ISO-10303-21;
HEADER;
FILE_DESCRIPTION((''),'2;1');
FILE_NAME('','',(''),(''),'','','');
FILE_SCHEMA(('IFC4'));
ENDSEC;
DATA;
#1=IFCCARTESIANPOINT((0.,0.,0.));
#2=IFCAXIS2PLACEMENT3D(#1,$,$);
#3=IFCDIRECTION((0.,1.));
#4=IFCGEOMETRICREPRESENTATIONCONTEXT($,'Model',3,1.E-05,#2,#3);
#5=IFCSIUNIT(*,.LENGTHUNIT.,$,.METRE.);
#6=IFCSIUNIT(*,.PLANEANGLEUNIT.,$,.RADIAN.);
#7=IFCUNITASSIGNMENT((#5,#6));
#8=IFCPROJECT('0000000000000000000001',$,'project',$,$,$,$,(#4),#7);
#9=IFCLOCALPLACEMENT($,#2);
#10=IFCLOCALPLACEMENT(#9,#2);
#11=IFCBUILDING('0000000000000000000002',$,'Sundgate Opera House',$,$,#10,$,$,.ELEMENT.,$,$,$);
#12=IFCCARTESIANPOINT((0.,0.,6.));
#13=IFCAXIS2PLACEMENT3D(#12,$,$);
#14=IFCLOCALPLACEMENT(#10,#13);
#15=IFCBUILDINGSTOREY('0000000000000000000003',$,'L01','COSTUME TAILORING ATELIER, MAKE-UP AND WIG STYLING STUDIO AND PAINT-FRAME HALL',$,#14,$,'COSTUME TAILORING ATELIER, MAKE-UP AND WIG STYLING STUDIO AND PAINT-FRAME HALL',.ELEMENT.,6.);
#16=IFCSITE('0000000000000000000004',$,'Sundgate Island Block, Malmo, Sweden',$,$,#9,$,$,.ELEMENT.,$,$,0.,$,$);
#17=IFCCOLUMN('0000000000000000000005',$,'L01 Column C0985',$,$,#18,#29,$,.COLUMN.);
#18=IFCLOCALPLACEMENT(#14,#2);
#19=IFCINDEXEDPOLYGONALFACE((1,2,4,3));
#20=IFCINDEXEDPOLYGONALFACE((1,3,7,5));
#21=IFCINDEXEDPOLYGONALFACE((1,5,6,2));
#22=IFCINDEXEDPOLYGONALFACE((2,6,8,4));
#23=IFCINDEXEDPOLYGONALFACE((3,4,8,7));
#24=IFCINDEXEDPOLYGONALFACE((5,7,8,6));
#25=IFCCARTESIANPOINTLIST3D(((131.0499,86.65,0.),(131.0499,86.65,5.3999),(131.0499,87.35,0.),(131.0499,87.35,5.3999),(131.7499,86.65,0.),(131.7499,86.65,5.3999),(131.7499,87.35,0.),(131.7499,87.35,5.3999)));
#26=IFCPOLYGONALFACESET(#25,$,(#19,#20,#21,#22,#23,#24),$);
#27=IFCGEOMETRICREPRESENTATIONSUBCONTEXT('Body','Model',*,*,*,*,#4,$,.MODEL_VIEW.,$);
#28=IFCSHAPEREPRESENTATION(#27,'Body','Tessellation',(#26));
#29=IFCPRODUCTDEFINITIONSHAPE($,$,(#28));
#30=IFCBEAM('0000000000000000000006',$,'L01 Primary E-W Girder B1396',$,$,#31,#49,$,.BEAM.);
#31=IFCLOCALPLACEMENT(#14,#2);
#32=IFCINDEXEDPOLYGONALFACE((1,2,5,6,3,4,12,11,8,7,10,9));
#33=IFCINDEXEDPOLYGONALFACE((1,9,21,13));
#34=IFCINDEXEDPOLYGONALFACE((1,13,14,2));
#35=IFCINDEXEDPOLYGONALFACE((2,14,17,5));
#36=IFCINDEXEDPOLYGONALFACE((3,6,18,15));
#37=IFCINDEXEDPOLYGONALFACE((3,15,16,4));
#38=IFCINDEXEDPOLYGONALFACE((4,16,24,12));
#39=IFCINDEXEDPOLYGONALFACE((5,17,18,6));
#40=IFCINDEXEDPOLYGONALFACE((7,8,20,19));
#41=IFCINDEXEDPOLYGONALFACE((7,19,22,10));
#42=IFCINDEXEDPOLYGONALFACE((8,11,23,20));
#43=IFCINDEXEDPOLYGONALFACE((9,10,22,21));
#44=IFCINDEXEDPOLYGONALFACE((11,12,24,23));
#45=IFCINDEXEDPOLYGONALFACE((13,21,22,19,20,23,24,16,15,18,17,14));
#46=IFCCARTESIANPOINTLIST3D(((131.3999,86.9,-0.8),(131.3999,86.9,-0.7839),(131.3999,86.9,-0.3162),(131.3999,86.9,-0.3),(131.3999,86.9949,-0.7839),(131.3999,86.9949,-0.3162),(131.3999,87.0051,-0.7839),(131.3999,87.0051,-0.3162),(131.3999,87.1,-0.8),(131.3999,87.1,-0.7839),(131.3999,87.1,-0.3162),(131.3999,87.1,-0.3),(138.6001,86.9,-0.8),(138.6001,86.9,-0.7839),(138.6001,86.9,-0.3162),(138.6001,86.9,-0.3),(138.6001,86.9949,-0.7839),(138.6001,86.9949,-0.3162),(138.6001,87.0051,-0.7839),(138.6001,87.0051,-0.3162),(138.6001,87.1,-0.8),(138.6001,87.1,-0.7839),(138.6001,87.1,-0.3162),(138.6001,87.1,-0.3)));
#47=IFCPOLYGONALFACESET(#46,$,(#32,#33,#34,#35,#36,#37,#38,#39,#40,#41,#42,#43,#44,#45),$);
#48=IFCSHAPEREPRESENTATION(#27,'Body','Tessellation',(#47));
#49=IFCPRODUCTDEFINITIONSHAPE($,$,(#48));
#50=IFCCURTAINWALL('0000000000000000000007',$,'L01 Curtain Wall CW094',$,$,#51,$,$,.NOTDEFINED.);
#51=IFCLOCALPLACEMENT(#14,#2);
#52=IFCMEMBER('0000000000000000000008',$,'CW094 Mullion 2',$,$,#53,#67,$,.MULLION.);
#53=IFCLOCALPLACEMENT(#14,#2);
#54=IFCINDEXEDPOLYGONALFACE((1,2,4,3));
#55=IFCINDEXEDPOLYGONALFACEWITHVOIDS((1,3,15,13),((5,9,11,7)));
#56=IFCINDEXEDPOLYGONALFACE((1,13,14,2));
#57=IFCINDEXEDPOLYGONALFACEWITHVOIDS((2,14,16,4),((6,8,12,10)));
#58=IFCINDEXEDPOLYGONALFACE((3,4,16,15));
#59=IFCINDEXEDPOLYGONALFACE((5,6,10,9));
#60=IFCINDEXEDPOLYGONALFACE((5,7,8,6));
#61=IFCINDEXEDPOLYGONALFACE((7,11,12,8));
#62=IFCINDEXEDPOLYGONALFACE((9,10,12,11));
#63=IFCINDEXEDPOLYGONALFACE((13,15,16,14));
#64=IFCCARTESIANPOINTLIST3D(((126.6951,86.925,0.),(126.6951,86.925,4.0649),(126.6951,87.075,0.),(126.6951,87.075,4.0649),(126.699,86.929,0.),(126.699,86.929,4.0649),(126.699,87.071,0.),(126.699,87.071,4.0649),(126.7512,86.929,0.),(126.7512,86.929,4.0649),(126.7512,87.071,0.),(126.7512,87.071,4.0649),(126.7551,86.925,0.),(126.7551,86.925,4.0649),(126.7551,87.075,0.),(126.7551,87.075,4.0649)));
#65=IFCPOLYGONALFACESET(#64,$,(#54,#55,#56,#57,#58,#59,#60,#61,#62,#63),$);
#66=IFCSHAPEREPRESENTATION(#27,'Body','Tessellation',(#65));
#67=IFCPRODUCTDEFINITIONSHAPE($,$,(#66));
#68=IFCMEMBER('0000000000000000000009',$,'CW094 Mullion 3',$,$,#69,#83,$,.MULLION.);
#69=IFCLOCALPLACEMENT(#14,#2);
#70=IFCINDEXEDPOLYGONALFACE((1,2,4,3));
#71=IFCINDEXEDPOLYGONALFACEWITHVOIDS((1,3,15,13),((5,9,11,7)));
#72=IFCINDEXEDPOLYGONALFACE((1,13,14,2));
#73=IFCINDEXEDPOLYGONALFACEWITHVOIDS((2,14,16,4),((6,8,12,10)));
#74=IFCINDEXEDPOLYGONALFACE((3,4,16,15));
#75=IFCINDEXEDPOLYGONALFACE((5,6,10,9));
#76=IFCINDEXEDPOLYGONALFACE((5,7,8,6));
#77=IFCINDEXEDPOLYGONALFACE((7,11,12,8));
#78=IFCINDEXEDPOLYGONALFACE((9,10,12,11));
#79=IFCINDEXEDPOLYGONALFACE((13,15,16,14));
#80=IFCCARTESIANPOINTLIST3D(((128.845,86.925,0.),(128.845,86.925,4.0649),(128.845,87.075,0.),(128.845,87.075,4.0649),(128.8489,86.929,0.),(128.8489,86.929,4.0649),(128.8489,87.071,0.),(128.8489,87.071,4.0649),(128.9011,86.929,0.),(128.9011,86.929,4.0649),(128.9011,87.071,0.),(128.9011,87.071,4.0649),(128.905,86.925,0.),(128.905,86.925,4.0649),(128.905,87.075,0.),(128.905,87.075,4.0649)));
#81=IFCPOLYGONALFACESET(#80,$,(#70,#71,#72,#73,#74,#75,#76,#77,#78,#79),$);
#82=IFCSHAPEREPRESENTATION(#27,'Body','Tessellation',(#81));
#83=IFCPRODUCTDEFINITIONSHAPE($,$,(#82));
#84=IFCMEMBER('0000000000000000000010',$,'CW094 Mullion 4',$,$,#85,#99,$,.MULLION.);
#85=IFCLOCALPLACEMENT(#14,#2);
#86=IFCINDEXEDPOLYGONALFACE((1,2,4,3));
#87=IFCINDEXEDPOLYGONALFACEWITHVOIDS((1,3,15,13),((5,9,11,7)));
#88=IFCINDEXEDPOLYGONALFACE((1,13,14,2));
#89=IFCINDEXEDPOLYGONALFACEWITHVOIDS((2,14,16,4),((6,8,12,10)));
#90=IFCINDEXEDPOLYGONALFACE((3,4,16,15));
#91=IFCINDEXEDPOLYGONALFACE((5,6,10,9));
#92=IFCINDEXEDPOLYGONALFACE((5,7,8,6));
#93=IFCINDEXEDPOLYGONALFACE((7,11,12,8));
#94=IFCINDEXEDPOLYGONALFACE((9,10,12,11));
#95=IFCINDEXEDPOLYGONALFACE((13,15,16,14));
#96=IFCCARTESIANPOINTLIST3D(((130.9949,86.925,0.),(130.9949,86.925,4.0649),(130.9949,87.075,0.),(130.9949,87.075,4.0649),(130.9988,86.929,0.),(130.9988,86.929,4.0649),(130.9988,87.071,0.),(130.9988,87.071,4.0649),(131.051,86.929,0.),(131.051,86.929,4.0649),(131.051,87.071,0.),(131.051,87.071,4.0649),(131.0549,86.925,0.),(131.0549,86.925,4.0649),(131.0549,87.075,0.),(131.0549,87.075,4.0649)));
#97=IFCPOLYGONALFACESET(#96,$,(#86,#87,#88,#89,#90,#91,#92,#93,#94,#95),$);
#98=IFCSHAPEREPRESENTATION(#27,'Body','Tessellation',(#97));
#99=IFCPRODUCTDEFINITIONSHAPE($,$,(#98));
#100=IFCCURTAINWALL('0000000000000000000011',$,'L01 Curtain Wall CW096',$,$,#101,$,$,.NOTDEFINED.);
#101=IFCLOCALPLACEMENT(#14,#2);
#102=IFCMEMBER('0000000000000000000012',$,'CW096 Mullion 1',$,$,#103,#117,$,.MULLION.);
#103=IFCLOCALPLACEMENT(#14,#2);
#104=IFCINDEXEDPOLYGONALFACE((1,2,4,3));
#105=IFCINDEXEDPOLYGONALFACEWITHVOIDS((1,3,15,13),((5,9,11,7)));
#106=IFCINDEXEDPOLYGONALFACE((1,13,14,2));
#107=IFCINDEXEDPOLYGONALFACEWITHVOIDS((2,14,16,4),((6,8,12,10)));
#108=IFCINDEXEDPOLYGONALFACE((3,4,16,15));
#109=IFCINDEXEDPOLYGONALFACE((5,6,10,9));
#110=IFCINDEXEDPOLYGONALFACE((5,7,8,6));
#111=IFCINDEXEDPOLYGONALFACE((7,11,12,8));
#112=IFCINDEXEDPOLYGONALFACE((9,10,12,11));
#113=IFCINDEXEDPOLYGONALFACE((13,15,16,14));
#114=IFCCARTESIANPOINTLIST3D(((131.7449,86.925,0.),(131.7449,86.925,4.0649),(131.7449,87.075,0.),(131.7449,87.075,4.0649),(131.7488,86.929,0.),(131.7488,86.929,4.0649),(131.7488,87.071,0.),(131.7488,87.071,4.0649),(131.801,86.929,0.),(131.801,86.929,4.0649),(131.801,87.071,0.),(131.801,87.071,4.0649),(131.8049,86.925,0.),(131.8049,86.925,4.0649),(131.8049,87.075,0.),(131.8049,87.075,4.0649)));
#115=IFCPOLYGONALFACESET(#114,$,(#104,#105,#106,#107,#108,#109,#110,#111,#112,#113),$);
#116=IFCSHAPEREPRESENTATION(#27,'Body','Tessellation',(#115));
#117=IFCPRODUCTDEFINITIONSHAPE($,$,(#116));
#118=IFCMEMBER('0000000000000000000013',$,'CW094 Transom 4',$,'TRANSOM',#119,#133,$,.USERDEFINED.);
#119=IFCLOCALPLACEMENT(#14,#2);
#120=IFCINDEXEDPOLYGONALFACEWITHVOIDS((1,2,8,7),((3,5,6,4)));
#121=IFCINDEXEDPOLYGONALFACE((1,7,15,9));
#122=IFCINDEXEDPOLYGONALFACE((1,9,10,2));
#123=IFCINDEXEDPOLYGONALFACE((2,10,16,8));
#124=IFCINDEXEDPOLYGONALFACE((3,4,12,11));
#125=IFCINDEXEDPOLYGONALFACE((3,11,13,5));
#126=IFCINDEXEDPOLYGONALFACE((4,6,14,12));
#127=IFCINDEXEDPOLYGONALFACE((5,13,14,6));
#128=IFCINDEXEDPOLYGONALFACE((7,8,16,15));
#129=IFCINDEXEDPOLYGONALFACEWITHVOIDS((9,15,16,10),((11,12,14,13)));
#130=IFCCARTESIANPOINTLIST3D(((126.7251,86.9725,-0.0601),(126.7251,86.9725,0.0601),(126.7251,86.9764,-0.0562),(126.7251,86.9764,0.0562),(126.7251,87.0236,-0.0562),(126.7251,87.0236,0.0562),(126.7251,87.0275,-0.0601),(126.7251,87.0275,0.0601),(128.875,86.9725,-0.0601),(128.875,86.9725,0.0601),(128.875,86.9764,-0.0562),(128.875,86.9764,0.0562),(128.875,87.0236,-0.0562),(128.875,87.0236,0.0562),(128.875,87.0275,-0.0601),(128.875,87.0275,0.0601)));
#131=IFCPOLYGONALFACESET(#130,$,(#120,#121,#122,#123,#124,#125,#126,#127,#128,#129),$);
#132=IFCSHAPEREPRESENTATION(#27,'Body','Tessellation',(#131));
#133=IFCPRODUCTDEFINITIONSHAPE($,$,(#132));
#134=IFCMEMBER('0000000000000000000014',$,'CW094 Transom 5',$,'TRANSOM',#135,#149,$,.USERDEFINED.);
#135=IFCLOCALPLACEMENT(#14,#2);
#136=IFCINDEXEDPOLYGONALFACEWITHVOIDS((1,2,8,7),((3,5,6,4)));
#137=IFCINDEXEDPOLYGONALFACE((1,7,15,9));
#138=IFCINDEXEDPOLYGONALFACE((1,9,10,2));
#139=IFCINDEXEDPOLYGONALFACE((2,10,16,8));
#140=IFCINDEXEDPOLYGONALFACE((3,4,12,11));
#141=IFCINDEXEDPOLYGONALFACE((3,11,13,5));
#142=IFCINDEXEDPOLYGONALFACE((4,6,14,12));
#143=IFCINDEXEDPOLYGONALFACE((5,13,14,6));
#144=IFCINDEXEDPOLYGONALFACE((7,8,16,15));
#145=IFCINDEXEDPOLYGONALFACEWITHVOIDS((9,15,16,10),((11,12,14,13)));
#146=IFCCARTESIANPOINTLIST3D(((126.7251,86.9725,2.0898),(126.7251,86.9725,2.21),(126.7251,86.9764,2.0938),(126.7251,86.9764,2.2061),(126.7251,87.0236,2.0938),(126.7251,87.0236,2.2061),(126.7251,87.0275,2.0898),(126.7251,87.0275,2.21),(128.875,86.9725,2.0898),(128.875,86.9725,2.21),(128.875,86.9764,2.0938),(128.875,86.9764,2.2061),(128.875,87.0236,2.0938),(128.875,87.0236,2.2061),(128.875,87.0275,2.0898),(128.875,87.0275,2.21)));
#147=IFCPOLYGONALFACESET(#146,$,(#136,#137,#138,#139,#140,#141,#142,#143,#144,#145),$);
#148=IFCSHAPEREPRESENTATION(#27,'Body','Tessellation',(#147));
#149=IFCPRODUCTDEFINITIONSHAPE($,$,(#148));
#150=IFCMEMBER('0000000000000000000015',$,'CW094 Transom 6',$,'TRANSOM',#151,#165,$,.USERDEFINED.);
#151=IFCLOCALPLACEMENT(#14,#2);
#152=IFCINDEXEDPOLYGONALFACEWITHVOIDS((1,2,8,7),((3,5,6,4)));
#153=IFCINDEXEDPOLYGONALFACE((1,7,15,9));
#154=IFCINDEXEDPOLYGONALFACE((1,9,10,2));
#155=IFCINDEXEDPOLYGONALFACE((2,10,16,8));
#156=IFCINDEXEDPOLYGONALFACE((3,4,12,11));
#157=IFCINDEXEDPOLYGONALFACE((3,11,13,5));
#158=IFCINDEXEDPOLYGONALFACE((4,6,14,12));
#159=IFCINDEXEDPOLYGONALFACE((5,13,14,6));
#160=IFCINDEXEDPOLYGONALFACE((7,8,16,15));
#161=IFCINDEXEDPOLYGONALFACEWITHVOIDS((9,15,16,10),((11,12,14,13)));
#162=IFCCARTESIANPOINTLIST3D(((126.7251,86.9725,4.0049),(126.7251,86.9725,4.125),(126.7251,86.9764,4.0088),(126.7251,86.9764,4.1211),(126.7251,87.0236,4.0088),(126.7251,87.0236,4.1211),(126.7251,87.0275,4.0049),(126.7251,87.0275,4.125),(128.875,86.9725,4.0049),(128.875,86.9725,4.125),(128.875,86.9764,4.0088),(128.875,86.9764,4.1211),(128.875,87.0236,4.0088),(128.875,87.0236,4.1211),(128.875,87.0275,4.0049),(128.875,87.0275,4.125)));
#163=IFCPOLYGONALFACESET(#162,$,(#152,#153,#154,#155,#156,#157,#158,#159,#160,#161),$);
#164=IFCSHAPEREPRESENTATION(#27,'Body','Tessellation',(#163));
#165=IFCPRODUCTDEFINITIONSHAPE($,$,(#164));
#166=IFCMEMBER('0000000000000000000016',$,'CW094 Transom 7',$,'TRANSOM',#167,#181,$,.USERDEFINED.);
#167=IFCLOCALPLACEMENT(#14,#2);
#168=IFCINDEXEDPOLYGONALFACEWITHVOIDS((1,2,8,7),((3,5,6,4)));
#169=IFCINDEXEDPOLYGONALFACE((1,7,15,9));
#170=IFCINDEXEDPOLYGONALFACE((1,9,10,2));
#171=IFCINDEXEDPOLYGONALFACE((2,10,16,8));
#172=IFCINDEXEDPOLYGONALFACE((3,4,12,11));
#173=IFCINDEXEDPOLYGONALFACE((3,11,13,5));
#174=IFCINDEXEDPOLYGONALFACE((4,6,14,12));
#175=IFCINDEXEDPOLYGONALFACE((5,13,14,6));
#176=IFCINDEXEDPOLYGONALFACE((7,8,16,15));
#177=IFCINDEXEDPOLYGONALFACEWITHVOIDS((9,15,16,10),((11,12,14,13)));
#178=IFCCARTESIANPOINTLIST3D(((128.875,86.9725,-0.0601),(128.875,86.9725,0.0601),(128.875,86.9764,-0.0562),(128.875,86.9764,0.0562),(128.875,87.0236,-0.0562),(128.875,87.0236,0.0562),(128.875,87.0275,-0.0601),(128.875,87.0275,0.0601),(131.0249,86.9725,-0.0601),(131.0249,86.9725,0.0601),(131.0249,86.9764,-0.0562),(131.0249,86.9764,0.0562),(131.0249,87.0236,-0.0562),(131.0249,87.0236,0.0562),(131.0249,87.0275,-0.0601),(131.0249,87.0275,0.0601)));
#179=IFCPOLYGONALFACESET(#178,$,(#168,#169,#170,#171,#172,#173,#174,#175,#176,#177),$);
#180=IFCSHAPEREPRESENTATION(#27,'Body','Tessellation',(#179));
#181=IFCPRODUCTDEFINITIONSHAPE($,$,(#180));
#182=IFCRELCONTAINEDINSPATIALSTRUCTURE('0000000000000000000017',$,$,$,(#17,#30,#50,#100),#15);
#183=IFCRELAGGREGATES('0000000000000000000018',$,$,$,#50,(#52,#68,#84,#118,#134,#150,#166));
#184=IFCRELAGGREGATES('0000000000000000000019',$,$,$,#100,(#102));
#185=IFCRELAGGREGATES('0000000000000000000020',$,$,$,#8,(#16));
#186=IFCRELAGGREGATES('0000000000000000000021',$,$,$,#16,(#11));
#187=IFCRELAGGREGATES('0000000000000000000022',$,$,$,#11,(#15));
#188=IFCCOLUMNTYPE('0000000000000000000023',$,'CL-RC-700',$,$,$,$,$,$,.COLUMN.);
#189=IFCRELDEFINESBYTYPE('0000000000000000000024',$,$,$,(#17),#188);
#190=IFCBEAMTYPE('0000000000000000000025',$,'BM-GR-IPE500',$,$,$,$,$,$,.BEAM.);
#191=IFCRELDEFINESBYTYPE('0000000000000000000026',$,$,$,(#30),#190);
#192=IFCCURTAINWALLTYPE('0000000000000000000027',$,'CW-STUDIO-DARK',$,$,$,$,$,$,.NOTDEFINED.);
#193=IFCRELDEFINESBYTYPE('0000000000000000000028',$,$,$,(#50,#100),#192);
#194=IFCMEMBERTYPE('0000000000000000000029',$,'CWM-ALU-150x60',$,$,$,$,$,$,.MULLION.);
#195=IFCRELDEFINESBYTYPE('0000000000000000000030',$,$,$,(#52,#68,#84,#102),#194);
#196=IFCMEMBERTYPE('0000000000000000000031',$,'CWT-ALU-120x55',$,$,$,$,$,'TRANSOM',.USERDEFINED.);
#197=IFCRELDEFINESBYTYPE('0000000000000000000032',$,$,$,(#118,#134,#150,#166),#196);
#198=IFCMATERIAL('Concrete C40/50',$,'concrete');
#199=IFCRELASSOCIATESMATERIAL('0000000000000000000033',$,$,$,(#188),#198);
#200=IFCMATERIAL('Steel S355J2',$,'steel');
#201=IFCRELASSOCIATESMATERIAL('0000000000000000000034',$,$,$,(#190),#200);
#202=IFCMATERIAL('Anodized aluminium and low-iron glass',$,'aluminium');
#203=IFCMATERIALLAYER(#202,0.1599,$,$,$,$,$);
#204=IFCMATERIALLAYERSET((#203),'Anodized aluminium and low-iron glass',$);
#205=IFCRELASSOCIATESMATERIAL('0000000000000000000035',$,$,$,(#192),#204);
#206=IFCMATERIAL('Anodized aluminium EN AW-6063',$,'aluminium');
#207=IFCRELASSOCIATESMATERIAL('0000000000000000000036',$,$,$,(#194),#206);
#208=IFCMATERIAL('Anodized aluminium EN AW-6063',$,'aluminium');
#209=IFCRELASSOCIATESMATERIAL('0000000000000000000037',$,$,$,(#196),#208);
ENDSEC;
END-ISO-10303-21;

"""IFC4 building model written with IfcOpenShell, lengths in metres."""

from ifc_helpers import new_model, si_unit, direction, frame, origin, origin_2d, place, context, subcontext, project, spatial, rectangle, hollow_rectangle, i_section, extrude, material, layer, layer_set, material_profile, profile_set, type_object, element, aggregate, save


model = new_model("IFC4")

# Units and contexts
model_context = context("Model", 3, precision=1e-05, world=origin(), true_north=direction((0.0, 1.0)))
body_context = subcontext(model_context, "Body", "Model", "MODEL_VIEW")
ifc_project = project(units=[si_unit("LENGTHUNIT", "METRE"), si_unit("PLANEANGLEUNIT", "RADIAN")], contexts=[model_context])

# Site, building, storey
site_placement = place(None, origin())
site = spatial("IfcSite", under=ifc_project, at=site_placement, Name="Sundgate Island Block, Malmo, Sweden", CompositionType="ELEMENT", RefElevation=0.0)
building_placement = place(site_placement, origin())
building = spatial("IfcBuilding", under=site, at=building_placement, Name="Sundgate Opera House", CompositionType="ELEMENT")
storey_placement = place(building_placement, frame((0.0, 0.0, 6.0)))
storey = spatial("IfcBuildingStorey", under=building, at=storey_placement, Name="L01", Description="COSTUME TAILORING ATELIER, MAKE-UP AND WIG STYLING STUDIO AND PAINT-FRAME HALL", LongName="COSTUME TAILORING ATELIER, MAKE-UP AND WIG STYLING STUDIO AND PAINT-FRAME HALL", CompositionType="ELEMENT", Elevation=6.0)

# Column
ifc_material_1 = material(Name="Concrete C40/50", Category="concrete")
ifc_material_profile_1 = material_profile(ifc_material_1, rectangle(XDim=0.7, YDim=0.7, at=origin_2d()), Name="RC 700x700")
ifc_profile_set_1 = profile_set([ifc_material_profile_1], Name="Concrete C40/50")
column_type = type_object("IfcColumnType", Name="CL-RC-700", PredefinedType="COLUMN", material=ifc_profile_set_1)
column_placement = place(storey_placement, frame((131.3999, 87.0, 0.0), z_axis=(0.0, 0.0, 1.0), x_axis=(1.0, 0.0, 0.0)))
element("IfcColumn", 1, at=column_placement, inside=storey, type_object=column_type, Name="L01 Column C0985", PredefinedType="COLUMN", context=body_context, shape_type="SweptSolid", body=[
    extrude(rectangle(XDim=0.7, YDim=0.7, at=origin_2d()), origin(), (0.0, 0.0, 1.0), 5.3999),
])

# Beam
ifc_material_2 = material(Name="Steel S355J2", Category="steel")
ifc_material_profile_2 = material_profile(ifc_material_2, i_section(OverallWidth=0.2, OverallDepth=0.5, WebThickness=0.0103, FlangeThickness=0.0161, at=origin_2d()), Name="IPE 500")
ifc_profile_set_2 = profile_set([ifc_material_profile_2], Name="Steel S355J2")
beam_type = type_object("IfcBeamType", Name="BM-GR-IPE500", PredefinedType="BEAM", material=ifc_profile_set_2)
beam_placement = place(storey_placement, frame((131.3999, 87.0, -0.55), z_axis=(1.0, 0.0, 0.0), x_axis=(0.0, 1.0, 0.0)))
element("IfcBeam", 2, at=beam_placement, inside=storey, type_object=beam_type, Name="L01 Primary E-W Girder B1396", PredefinedType="BEAM", context=body_context, shape_type="SweptSolid", body=[
    extrude(i_section(OverallWidth=0.2, OverallDepth=0.5, WebThickness=0.0103, FlangeThickness=0.0161, at=origin_2d()), origin(), (0.0, 0.0, 1.0), 7.2002),
])

# Curtain wall, members
ifc_material_3 = material(Name="Anodized aluminium and low-iron glass", Category="aluminium")
ifc_layer_1 = layer(ifc_material_3, 0.1599)
ifc_layer_set_1 = layer_set([ifc_layer_1], Name="Anodized aluminium and low-iron glass")
curtain_wall_type = type_object("IfcCurtainWallType", Name="CW-STUDIO-DARK", PredefinedType="NOTDEFINED", material=ifc_layer_set_1)
curtain_wall_1_placement = place(storey_placement, origin())
curtain_wall_1 = element("IfcCurtainWall", 3, at=curtain_wall_1_placement, inside=storey, type_object=curtain_wall_type, Name="L01 Curtain Wall CW094", PredefinedType="NOTDEFINED")
ifc_material_4 = material(Name="Anodized aluminium EN AW-6063", Category="aluminium")
ifc_material_profile_3 = material_profile(ifc_material_4, hollow_rectangle(XDim=0.0601, YDim=0.1499, WallThickness=0.0039, at=origin_2d()), Name="CWM 150x60x4")
ifc_profile_set_3 = profile_set([ifc_material_profile_3], Name="Anodized aluminium EN AW-6063")
member_type_1 = type_object("IfcMemberType", Name="CWM-ALU-150x60", PredefinedType="MULLION", material=ifc_profile_set_3)
member_1_placement = place(storey_placement, frame((126.7251, 87.0, 0.0), z_axis=(0.0, 0.0, 1.0), x_axis=(1.0, 0.0, 0.0)))
member_1 = element("IfcMember", 4, at=member_1_placement, type_object=member_type_1, Name="CW094 Mullion 2", PredefinedType="MULLION", context=body_context, shape_type="SweptSolid", body=[
    extrude(hollow_rectangle(XDim=0.0601, YDim=0.1499, WallThickness=0.0039, at=origin_2d()), origin(), (0.0, 0.0, 1.0), 4.0649),
])
member_2_placement = place(storey_placement, frame((128.875, 87.0, 0.0), z_axis=(0.0, 0.0, 1.0), x_axis=(1.0, 0.0, 0.0)))
member_2 = element("IfcMember", 5, at=member_2_placement, type_object=member_type_1, Name="CW094 Mullion 3", PredefinedType="MULLION", context=body_context, shape_type="SweptSolid", body=[
    extrude(hollow_rectangle(XDim=0.0601, YDim=0.1499, WallThickness=0.0039, at=origin_2d()), origin(), (0.0, 0.0, 1.0), 4.0649),
])
member_3_placement = place(storey_placement, frame((131.0249, 87.0, 0.0), z_axis=(0.0, 0.0, 1.0), x_axis=(1.0, 0.0, 0.0)))
member_3 = element("IfcMember", 6, at=member_3_placement, type_object=member_type_1, Name="CW094 Mullion 4", PredefinedType="MULLION", context=body_context, shape_type="SweptSolid", body=[
    extrude(hollow_rectangle(XDim=0.0601, YDim=0.1499, WallThickness=0.0039, at=origin_2d()), origin(), (0.0, 0.0, 1.0), 4.0649),
])

# Curtain wall, member
curtain_wall_2_placement = place(storey_placement, origin())
curtain_wall_2 = element("IfcCurtainWall", 7, at=curtain_wall_2_placement, inside=storey, type_object=curtain_wall_type, Name="L01 Curtain Wall CW096", PredefinedType="NOTDEFINED")
member_4_placement = place(storey_placement, frame((131.7749, 87.0, 0.0), z_axis=(0.0, 0.0, 1.0), x_axis=(1.0, 0.0, 0.0)))
member_4 = element("IfcMember", 8, at=member_4_placement, type_object=member_type_1, Name="CW096 Mullion 1", PredefinedType="MULLION", context=body_context, shape_type="SweptSolid", body=[
    extrude(hollow_rectangle(XDim=0.0601, YDim=0.1499, WallThickness=0.0039, at=origin_2d()), origin(), (0.0, 0.0, 1.0), 4.0649),
])

# Members
ifc_material_5 = material(Name="Anodized aluminium EN AW-6063", Category="aluminium")
ifc_material_profile_4 = material_profile(ifc_material_5, hollow_rectangle(XDim=0.0549, YDim=0.1201, WallThickness=0.0039, at=origin_2d()), Name="CWT 120x55x4")
ifc_profile_set_4 = profile_set([ifc_material_profile_4], Name="Anodized aluminium EN AW-6063")
member_type_2 = type_object("IfcMemberType", Name="CWT-ALU-120x55", ElementType="TRANSOM", PredefinedType="USERDEFINED", material=ifc_profile_set_4)
member_5_placement = place(storey_placement, frame((126.7251, 87.0, 0.0), z_axis=(1.0, 0.0, 0.0), x_axis=(0.0, 1.0, 0.0)))
member_5 = element("IfcMember", 9, at=member_5_placement, type_object=member_type_2, Name="CW094 Transom 4", ObjectType="TRANSOM", PredefinedType="USERDEFINED", context=body_context, shape_type="SweptSolid", body=[
    extrude(hollow_rectangle(XDim=0.0549, YDim=0.1201, WallThickness=0.0039, at=origin_2d()), origin(), (0.0, 0.0, 1.0), 2.1499),
])
member_6_placement = place(storey_placement, frame((126.7251, 87.0, 2.1499), z_axis=(1.0, 0.0, 0.0), x_axis=(0.0, 1.0, 0.0)))
member_6 = element("IfcMember", 10, at=member_6_placement, type_object=member_type_2, Name="CW094 Transom 5", ObjectType="TRANSOM", PredefinedType="USERDEFINED", context=body_context, shape_type="SweptSolid", body=[
    extrude(hollow_rectangle(XDim=0.0549, YDim=0.1201, WallThickness=0.0039, at=origin_2d()), origin(), (0.0, 0.0, 1.0), 2.1499),
])
member_7_placement = place(storey_placement, frame((126.7251, 87.0, 4.0649), z_axis=(1.0, 0.0, 0.0), x_axis=(0.0, 1.0, 0.0)))
member_7 = element("IfcMember", 11, at=member_7_placement, type_object=member_type_2, Name="CW094 Transom 6", ObjectType="TRANSOM", PredefinedType="USERDEFINED", context=body_context, shape_type="SweptSolid", body=[
    extrude(hollow_rectangle(XDim=0.0549, YDim=0.1201, WallThickness=0.0039, at=origin_2d()), origin(), (0.0, 0.0, 1.0), 2.1499),
])
member_8_placement = place(storey_placement, frame((128.875, 87.0, 0.0), z_axis=(1.0, 0.0, 0.0), x_axis=(0.0, 1.0, 0.0)))
member_8 = element("IfcMember", 12, at=member_8_placement, type_object=member_type_2, Name="CW094 Transom 7", ObjectType="TRANSOM", PredefinedType="USERDEFINED", context=body_context, shape_type="SweptSolid", body=[
    extrude(hollow_rectangle(XDim=0.0549, YDim=0.1201, WallThickness=0.0039, at=origin_2d()), origin(), (0.0, 0.0, 1.0), 2.1499),
])

aggregate(curtain_wall_1, [member_1, member_2, member_3, member_5, member_6, member_7, member_8])
aggregate(curtain_wall_2, [member_4])

save(model, "model.ifc")
